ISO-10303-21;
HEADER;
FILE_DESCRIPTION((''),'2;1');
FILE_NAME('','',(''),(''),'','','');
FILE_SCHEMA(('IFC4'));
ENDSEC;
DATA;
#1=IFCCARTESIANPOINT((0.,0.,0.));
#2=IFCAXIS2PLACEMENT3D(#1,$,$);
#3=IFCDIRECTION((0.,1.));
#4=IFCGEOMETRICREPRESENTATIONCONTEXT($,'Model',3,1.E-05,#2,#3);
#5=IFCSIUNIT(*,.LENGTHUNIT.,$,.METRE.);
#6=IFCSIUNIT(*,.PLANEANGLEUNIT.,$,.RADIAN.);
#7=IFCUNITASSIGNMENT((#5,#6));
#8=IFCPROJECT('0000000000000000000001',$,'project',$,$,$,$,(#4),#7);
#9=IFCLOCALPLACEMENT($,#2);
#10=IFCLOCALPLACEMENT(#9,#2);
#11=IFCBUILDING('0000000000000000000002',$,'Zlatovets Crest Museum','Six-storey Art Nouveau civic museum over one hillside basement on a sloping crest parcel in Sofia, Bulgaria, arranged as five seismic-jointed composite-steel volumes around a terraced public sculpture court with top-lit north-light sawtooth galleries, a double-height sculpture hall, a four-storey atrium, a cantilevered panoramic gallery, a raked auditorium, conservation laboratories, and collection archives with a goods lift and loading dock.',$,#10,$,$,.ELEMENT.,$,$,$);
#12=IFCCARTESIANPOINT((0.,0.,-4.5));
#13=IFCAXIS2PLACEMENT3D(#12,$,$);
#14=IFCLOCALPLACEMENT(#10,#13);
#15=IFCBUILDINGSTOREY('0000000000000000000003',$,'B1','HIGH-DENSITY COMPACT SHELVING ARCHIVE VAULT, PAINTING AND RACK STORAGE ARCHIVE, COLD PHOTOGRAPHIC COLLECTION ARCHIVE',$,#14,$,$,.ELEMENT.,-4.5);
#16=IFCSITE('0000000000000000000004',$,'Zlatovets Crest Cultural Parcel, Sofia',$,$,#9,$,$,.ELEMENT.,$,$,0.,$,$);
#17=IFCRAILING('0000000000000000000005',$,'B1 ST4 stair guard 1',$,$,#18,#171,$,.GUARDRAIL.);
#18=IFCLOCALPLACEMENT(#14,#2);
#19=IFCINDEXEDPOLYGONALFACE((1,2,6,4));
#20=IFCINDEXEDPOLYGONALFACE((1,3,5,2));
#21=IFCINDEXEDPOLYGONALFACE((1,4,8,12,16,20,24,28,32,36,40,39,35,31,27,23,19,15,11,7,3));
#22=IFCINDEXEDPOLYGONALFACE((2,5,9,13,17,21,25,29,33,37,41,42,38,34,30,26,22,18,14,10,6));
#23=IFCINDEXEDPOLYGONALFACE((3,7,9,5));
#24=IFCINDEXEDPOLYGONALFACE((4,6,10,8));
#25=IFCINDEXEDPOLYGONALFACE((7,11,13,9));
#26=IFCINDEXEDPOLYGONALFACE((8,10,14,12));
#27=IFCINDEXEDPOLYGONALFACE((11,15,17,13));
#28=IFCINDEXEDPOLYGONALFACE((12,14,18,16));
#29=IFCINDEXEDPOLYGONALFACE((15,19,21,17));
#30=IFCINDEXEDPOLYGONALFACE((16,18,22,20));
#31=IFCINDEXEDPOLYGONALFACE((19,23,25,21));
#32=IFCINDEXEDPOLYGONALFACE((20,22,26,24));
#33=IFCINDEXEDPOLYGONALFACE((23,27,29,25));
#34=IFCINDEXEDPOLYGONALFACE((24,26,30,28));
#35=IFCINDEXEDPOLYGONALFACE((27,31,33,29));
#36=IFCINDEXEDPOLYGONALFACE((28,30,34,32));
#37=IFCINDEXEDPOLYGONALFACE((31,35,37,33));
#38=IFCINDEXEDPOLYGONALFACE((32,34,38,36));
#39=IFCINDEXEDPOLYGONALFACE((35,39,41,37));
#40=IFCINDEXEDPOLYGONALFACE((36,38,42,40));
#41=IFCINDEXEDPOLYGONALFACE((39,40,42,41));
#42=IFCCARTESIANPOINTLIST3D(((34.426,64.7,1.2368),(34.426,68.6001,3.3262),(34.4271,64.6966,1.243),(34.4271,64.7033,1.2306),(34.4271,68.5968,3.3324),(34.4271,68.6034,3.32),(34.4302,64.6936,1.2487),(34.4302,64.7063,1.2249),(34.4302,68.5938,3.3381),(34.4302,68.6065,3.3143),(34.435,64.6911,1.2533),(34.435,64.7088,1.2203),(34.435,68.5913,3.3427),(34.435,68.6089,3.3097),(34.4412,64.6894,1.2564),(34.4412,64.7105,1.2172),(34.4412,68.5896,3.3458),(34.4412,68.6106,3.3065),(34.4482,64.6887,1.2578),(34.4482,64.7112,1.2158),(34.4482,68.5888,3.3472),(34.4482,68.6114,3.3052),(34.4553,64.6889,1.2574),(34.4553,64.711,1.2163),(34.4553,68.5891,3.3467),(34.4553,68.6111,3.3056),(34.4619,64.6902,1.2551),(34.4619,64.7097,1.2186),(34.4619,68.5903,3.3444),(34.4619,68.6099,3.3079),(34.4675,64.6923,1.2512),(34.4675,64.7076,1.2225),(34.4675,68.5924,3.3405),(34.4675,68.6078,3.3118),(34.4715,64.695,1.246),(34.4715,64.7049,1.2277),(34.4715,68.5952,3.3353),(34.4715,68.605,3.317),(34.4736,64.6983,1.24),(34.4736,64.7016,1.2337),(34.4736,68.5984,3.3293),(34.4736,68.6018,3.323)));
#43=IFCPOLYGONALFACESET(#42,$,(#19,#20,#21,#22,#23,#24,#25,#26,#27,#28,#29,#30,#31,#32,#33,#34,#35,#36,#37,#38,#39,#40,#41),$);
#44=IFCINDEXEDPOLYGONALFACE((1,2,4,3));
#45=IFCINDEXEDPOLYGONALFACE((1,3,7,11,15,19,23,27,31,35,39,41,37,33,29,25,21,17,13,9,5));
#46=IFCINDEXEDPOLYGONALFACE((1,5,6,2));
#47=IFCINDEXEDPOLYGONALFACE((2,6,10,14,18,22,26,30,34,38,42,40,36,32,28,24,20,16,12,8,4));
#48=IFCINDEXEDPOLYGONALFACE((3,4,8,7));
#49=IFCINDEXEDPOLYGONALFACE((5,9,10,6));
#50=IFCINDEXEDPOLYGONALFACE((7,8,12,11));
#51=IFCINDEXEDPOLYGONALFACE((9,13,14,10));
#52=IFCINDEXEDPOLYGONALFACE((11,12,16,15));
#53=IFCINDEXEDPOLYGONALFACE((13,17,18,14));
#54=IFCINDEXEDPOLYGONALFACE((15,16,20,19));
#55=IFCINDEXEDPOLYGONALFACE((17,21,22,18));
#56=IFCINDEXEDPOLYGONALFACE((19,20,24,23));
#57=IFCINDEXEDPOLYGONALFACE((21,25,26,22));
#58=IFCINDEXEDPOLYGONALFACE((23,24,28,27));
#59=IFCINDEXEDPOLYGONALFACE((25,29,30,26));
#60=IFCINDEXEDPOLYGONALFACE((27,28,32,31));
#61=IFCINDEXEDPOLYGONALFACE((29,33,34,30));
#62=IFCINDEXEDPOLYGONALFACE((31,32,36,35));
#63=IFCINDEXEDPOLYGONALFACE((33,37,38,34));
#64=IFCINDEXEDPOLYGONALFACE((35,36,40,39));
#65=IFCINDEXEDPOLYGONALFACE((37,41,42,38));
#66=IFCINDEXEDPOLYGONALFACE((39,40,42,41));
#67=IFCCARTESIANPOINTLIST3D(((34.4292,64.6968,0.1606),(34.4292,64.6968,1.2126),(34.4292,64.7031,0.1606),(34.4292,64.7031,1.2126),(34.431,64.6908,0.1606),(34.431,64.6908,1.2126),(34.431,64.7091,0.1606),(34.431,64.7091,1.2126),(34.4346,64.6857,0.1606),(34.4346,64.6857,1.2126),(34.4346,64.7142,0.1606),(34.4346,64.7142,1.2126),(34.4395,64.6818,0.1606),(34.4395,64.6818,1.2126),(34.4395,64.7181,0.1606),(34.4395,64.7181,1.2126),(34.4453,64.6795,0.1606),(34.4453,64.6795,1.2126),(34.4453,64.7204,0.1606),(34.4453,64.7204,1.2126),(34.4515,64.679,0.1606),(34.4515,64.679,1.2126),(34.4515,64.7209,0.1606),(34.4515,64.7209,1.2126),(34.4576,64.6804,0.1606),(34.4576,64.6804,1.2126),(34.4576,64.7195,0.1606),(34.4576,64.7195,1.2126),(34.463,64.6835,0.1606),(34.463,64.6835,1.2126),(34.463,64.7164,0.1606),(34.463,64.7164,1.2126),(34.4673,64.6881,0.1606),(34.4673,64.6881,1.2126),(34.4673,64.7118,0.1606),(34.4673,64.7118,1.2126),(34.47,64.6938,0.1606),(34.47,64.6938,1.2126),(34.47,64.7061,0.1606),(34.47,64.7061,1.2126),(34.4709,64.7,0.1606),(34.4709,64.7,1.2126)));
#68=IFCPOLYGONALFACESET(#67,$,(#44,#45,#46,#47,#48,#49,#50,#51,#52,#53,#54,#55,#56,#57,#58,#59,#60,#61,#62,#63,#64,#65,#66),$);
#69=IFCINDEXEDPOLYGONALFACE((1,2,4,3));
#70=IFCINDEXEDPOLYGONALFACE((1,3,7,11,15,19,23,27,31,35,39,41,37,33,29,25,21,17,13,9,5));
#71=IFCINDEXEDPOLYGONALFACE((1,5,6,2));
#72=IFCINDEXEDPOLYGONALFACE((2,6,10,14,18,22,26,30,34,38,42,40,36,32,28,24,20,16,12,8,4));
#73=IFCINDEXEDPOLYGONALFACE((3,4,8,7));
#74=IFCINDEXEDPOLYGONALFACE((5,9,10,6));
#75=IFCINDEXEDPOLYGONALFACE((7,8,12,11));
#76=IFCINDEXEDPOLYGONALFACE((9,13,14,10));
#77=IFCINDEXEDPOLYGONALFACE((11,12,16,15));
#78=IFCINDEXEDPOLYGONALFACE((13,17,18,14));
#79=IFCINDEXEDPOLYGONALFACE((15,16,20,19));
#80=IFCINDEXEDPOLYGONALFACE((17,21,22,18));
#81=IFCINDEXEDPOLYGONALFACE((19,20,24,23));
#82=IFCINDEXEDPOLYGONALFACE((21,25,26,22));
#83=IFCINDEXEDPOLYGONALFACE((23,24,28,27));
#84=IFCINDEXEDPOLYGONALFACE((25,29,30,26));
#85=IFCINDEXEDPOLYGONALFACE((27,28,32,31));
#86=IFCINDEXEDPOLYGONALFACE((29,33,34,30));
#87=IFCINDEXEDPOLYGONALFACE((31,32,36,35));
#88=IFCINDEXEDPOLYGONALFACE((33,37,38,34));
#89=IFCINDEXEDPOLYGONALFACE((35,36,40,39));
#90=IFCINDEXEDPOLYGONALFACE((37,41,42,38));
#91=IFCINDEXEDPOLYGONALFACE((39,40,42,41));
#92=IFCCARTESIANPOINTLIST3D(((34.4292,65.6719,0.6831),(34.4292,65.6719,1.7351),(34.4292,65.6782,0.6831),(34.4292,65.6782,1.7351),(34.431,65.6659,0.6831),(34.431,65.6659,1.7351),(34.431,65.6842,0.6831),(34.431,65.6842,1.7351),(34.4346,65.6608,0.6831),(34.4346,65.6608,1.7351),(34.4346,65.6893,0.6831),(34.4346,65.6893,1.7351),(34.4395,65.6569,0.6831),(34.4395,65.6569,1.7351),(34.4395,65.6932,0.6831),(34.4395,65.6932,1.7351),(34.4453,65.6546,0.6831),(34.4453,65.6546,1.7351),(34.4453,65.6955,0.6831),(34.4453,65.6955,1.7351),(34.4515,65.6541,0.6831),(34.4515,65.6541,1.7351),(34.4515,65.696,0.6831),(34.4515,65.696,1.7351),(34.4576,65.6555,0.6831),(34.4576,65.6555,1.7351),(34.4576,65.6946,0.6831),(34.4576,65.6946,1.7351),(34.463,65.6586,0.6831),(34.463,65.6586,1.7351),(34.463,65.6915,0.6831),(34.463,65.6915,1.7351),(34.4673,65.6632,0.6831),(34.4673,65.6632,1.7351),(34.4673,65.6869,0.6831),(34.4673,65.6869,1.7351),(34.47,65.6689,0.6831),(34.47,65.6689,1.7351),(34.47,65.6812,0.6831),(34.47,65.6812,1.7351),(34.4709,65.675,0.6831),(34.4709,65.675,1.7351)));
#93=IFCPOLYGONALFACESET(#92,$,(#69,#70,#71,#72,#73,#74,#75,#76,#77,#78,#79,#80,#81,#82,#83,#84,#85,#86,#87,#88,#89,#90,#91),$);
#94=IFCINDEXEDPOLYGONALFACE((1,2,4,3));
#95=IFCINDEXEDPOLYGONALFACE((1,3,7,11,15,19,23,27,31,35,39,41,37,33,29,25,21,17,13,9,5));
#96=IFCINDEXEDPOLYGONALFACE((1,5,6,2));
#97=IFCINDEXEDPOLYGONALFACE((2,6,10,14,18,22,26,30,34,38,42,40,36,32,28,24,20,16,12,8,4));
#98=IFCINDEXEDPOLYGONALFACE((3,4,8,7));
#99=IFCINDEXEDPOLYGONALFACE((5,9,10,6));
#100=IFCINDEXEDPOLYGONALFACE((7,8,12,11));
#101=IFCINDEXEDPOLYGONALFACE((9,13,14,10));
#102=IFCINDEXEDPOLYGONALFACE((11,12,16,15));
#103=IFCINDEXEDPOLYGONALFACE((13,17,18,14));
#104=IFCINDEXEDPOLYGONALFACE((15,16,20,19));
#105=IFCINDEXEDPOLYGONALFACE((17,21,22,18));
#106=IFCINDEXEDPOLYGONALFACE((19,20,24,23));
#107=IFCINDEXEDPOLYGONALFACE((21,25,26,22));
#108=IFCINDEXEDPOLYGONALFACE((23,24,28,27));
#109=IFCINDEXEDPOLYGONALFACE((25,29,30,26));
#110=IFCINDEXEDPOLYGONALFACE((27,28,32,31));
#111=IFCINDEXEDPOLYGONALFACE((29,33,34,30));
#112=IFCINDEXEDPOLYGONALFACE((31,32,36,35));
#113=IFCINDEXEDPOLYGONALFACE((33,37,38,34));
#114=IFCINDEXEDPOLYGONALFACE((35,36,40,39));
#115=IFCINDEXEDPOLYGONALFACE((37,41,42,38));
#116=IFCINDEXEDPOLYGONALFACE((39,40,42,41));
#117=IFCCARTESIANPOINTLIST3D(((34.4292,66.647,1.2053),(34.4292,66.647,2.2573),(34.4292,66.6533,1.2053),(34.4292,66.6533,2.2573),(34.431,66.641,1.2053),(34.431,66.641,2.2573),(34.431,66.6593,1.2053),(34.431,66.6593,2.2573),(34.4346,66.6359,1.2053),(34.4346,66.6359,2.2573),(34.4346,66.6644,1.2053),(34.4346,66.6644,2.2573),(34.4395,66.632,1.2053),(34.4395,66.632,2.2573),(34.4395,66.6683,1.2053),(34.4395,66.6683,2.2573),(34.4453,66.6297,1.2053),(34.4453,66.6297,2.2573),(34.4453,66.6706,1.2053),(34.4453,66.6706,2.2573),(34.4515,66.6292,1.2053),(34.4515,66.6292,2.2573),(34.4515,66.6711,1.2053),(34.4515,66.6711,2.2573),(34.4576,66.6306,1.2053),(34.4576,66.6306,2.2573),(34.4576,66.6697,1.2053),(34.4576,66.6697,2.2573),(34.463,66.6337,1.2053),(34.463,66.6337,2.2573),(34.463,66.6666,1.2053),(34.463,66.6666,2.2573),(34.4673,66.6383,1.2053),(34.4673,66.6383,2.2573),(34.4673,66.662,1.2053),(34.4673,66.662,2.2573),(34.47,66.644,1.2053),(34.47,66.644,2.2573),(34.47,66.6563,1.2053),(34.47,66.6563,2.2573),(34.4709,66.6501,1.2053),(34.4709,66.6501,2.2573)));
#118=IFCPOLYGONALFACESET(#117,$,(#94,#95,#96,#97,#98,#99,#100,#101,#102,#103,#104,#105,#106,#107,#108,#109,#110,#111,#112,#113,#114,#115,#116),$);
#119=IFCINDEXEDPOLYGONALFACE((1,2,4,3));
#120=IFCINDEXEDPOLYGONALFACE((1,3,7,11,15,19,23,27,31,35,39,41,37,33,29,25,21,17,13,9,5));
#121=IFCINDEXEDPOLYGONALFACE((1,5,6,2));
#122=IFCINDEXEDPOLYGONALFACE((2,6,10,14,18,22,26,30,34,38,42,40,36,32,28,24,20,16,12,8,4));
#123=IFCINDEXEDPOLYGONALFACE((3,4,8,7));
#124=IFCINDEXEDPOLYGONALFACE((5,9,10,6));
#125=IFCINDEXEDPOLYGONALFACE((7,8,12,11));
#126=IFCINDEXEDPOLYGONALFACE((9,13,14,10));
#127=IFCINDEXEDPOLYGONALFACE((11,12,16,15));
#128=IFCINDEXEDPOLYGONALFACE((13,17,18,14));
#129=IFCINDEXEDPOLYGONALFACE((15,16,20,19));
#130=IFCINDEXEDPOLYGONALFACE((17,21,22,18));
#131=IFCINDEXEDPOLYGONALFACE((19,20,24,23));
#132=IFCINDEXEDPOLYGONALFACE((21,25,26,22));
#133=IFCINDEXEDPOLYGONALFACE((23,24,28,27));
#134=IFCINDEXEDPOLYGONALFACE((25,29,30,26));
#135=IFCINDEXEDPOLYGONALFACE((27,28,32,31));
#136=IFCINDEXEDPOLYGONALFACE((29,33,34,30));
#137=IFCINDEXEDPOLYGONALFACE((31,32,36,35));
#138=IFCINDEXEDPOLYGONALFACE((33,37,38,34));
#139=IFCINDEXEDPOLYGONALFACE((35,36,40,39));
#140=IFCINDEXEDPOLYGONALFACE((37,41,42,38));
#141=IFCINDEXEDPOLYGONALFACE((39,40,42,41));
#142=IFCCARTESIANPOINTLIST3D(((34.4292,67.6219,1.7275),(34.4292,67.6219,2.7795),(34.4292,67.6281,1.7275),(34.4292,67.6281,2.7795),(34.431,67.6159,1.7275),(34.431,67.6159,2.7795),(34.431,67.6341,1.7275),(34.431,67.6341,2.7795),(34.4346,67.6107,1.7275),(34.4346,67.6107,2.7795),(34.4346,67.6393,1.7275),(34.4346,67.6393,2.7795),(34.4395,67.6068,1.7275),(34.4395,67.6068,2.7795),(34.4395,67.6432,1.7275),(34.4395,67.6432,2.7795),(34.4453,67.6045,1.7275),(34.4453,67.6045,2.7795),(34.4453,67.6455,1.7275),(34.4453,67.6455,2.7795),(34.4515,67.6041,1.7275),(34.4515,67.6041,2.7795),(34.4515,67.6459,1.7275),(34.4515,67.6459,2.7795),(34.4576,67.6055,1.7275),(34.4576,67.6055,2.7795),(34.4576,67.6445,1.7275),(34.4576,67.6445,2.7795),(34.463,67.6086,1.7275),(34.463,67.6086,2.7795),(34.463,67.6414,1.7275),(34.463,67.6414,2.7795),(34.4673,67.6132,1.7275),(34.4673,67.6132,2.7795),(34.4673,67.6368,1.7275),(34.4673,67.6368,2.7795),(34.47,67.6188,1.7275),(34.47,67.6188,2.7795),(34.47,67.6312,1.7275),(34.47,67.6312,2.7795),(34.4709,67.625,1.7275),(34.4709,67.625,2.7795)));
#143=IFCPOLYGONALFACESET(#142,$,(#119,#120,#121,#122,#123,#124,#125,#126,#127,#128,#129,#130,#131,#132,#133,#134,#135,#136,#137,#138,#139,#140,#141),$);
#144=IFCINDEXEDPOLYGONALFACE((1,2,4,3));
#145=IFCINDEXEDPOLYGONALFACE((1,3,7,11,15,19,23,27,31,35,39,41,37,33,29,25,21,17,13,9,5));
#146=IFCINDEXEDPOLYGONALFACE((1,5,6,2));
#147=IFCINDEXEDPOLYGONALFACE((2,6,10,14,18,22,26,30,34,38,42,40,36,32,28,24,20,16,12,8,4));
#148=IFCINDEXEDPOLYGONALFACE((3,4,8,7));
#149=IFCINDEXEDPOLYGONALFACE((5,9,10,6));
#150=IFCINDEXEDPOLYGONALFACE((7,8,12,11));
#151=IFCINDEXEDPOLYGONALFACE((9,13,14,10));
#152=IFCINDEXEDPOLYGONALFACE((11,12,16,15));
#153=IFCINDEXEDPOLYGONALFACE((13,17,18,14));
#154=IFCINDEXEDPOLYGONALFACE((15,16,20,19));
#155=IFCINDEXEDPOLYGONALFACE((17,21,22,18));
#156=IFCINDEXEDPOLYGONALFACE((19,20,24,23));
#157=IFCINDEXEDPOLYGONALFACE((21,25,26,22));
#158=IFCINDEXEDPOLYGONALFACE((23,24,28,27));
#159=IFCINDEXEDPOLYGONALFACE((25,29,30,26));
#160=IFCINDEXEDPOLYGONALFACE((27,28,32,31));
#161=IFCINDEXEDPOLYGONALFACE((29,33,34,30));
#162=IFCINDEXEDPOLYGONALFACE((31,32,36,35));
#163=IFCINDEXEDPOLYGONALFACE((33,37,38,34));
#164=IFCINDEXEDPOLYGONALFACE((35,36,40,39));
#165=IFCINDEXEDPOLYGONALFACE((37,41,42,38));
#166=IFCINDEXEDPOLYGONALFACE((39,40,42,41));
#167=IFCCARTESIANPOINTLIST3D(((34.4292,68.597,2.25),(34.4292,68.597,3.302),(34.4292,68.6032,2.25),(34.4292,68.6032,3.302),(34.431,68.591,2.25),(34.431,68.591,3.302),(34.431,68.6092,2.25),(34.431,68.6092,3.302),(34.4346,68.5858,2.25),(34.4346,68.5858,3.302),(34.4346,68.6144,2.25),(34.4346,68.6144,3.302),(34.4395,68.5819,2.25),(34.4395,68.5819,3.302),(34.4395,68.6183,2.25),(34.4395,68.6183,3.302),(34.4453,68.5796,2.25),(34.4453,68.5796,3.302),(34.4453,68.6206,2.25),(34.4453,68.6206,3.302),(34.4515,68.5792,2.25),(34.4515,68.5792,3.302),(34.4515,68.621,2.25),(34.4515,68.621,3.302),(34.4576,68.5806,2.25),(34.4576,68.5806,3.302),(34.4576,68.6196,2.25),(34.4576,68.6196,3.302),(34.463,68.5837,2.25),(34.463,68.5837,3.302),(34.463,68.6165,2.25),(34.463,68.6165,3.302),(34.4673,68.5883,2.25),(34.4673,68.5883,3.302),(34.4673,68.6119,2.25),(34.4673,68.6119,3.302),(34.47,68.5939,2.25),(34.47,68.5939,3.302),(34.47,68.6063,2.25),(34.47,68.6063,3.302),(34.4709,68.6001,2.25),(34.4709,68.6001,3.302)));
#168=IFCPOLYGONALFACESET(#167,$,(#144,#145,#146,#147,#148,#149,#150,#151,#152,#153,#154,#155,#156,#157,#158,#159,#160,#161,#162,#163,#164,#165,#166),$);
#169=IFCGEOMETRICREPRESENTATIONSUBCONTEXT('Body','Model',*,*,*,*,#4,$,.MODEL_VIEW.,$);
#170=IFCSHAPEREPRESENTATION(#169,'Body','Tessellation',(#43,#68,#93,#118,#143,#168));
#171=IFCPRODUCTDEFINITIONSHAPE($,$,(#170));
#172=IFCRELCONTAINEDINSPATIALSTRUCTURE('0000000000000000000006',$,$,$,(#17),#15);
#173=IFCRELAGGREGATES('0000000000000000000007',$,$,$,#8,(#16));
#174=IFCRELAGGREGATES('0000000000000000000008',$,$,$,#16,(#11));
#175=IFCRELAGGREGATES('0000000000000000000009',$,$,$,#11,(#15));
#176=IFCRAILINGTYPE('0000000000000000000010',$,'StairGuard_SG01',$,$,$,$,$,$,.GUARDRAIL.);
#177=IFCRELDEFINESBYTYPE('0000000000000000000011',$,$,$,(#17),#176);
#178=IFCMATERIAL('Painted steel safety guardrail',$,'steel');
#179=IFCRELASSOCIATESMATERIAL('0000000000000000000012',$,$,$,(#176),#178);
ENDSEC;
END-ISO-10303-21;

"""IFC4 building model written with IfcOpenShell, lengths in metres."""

from ifc_helpers import new_model, si_unit, direction, frame, origin, origin_2d, place, context, subcontext, project, spatial, circle, extrude, material, type_object, element, save


model = new_model("IFC4")

# Units and contexts
model_context = context("Model", 3, precision=1e-05, world=origin(), true_north=direction((0.0, 1.0)))
body_context = subcontext(model_context, "Body", "Model", "MODEL_VIEW")
ifc_project = project(units=[si_unit("LENGTHUNIT", "METRE"), si_unit("PLANEANGLEUNIT", "RADIAN")], contexts=[model_context])

# Site, building, storey
site_placement = place(None, origin())
site = spatial("IfcSite", under=ifc_project, at=site_placement, Name="Zlatovets Crest Cultural Parcel, Sofia", CompositionType="ELEMENT", RefElevation=0.0)
building_placement = place(site_placement, origin())
building = spatial("IfcBuilding", under=site, at=building_placement, Name="Zlatovets Crest Museum", Description="Six-storey Art Nouveau civic museum over one hillside basement on a sloping crest parcel in Sofia, Bulgaria, arranged as five seismic-jointed composite-steel volumes around a terraced public sculpture court with top-lit north-light sawtooth galleries, a double-height sculpture hall, a four-storey atrium, a cantilevered panoramic gallery, a raked auditorium, conservation laboratories, and collection archives with a goods lift and loading dock.", CompositionType="ELEMENT")
storey_placement = place(building_placement, frame((0.0, 0.0, -4.5)))
storey = spatial("IfcBuildingStorey", under=building, at=storey_placement, Name="B1", Description="HIGH-DENSITY COMPACT SHELVING ARCHIVE VAULT, PAINTING AND RACK STORAGE ARCHIVE, COLD PHOTOGRAPHIC COLLECTION ARCHIVE", CompositionType="ELEMENT", Elevation=-4.5)

# Railing
ifc_material_1 = material(Name="Painted steel safety guardrail", Category="steel")
railing_type_1 = type_object("IfcRailingType", Name="StairGuard_SG01", PredefinedType="GUARDRAIL", material=ifc_material_1)
railing_1_placement = place(storey_placement, frame((34.45, 64.7, 0.1606)))
element("IfcRailing", 1, at=railing_1_placement, inside=storey, type_object=railing_type_1, Name="B1 ST4 stair guard 1", PredefinedType="GUARDRAIL", context=body_context, shape_type="SweptSolid", body=[
    extrude(circle(Radius=0.0239, at=origin_2d()), frame((0.0, 0.0, 1.0762), z_axis=(0.0, 0.881481, 0.47222), x_axis=(-1.0, 0.0, 0.0)), (0.0, 0.0, 1.0), 4.4246),
    extrude(circle(Radius=0.021, at=origin_2d()), origin(), (0.0, 0.0, 1.0), 1.052),
    extrude(circle(Radius=0.021, at=origin_2d()), frame((0.0, 0.9751, 0.5225)), (0.0, 0.0, 1.0), 1.052),
    extrude(circle(Radius=0.021, at=origin_2d()), frame((0.0, 1.9502, 1.0447)), (0.0, 0.0, 1.0), 1.052),
    extrude(circle(Radius=0.021, at=origin_2d()), frame((0.0, 2.925, 1.5669)), (0.0, 0.0, 1.0), 1.052),
    extrude(circle(Radius=0.021, at=origin_2d()), frame((0.0, 3.9001, 2.0894)), (0.0, 0.0, 1.0), 1.052),
])

save(model, "model.ifc")
